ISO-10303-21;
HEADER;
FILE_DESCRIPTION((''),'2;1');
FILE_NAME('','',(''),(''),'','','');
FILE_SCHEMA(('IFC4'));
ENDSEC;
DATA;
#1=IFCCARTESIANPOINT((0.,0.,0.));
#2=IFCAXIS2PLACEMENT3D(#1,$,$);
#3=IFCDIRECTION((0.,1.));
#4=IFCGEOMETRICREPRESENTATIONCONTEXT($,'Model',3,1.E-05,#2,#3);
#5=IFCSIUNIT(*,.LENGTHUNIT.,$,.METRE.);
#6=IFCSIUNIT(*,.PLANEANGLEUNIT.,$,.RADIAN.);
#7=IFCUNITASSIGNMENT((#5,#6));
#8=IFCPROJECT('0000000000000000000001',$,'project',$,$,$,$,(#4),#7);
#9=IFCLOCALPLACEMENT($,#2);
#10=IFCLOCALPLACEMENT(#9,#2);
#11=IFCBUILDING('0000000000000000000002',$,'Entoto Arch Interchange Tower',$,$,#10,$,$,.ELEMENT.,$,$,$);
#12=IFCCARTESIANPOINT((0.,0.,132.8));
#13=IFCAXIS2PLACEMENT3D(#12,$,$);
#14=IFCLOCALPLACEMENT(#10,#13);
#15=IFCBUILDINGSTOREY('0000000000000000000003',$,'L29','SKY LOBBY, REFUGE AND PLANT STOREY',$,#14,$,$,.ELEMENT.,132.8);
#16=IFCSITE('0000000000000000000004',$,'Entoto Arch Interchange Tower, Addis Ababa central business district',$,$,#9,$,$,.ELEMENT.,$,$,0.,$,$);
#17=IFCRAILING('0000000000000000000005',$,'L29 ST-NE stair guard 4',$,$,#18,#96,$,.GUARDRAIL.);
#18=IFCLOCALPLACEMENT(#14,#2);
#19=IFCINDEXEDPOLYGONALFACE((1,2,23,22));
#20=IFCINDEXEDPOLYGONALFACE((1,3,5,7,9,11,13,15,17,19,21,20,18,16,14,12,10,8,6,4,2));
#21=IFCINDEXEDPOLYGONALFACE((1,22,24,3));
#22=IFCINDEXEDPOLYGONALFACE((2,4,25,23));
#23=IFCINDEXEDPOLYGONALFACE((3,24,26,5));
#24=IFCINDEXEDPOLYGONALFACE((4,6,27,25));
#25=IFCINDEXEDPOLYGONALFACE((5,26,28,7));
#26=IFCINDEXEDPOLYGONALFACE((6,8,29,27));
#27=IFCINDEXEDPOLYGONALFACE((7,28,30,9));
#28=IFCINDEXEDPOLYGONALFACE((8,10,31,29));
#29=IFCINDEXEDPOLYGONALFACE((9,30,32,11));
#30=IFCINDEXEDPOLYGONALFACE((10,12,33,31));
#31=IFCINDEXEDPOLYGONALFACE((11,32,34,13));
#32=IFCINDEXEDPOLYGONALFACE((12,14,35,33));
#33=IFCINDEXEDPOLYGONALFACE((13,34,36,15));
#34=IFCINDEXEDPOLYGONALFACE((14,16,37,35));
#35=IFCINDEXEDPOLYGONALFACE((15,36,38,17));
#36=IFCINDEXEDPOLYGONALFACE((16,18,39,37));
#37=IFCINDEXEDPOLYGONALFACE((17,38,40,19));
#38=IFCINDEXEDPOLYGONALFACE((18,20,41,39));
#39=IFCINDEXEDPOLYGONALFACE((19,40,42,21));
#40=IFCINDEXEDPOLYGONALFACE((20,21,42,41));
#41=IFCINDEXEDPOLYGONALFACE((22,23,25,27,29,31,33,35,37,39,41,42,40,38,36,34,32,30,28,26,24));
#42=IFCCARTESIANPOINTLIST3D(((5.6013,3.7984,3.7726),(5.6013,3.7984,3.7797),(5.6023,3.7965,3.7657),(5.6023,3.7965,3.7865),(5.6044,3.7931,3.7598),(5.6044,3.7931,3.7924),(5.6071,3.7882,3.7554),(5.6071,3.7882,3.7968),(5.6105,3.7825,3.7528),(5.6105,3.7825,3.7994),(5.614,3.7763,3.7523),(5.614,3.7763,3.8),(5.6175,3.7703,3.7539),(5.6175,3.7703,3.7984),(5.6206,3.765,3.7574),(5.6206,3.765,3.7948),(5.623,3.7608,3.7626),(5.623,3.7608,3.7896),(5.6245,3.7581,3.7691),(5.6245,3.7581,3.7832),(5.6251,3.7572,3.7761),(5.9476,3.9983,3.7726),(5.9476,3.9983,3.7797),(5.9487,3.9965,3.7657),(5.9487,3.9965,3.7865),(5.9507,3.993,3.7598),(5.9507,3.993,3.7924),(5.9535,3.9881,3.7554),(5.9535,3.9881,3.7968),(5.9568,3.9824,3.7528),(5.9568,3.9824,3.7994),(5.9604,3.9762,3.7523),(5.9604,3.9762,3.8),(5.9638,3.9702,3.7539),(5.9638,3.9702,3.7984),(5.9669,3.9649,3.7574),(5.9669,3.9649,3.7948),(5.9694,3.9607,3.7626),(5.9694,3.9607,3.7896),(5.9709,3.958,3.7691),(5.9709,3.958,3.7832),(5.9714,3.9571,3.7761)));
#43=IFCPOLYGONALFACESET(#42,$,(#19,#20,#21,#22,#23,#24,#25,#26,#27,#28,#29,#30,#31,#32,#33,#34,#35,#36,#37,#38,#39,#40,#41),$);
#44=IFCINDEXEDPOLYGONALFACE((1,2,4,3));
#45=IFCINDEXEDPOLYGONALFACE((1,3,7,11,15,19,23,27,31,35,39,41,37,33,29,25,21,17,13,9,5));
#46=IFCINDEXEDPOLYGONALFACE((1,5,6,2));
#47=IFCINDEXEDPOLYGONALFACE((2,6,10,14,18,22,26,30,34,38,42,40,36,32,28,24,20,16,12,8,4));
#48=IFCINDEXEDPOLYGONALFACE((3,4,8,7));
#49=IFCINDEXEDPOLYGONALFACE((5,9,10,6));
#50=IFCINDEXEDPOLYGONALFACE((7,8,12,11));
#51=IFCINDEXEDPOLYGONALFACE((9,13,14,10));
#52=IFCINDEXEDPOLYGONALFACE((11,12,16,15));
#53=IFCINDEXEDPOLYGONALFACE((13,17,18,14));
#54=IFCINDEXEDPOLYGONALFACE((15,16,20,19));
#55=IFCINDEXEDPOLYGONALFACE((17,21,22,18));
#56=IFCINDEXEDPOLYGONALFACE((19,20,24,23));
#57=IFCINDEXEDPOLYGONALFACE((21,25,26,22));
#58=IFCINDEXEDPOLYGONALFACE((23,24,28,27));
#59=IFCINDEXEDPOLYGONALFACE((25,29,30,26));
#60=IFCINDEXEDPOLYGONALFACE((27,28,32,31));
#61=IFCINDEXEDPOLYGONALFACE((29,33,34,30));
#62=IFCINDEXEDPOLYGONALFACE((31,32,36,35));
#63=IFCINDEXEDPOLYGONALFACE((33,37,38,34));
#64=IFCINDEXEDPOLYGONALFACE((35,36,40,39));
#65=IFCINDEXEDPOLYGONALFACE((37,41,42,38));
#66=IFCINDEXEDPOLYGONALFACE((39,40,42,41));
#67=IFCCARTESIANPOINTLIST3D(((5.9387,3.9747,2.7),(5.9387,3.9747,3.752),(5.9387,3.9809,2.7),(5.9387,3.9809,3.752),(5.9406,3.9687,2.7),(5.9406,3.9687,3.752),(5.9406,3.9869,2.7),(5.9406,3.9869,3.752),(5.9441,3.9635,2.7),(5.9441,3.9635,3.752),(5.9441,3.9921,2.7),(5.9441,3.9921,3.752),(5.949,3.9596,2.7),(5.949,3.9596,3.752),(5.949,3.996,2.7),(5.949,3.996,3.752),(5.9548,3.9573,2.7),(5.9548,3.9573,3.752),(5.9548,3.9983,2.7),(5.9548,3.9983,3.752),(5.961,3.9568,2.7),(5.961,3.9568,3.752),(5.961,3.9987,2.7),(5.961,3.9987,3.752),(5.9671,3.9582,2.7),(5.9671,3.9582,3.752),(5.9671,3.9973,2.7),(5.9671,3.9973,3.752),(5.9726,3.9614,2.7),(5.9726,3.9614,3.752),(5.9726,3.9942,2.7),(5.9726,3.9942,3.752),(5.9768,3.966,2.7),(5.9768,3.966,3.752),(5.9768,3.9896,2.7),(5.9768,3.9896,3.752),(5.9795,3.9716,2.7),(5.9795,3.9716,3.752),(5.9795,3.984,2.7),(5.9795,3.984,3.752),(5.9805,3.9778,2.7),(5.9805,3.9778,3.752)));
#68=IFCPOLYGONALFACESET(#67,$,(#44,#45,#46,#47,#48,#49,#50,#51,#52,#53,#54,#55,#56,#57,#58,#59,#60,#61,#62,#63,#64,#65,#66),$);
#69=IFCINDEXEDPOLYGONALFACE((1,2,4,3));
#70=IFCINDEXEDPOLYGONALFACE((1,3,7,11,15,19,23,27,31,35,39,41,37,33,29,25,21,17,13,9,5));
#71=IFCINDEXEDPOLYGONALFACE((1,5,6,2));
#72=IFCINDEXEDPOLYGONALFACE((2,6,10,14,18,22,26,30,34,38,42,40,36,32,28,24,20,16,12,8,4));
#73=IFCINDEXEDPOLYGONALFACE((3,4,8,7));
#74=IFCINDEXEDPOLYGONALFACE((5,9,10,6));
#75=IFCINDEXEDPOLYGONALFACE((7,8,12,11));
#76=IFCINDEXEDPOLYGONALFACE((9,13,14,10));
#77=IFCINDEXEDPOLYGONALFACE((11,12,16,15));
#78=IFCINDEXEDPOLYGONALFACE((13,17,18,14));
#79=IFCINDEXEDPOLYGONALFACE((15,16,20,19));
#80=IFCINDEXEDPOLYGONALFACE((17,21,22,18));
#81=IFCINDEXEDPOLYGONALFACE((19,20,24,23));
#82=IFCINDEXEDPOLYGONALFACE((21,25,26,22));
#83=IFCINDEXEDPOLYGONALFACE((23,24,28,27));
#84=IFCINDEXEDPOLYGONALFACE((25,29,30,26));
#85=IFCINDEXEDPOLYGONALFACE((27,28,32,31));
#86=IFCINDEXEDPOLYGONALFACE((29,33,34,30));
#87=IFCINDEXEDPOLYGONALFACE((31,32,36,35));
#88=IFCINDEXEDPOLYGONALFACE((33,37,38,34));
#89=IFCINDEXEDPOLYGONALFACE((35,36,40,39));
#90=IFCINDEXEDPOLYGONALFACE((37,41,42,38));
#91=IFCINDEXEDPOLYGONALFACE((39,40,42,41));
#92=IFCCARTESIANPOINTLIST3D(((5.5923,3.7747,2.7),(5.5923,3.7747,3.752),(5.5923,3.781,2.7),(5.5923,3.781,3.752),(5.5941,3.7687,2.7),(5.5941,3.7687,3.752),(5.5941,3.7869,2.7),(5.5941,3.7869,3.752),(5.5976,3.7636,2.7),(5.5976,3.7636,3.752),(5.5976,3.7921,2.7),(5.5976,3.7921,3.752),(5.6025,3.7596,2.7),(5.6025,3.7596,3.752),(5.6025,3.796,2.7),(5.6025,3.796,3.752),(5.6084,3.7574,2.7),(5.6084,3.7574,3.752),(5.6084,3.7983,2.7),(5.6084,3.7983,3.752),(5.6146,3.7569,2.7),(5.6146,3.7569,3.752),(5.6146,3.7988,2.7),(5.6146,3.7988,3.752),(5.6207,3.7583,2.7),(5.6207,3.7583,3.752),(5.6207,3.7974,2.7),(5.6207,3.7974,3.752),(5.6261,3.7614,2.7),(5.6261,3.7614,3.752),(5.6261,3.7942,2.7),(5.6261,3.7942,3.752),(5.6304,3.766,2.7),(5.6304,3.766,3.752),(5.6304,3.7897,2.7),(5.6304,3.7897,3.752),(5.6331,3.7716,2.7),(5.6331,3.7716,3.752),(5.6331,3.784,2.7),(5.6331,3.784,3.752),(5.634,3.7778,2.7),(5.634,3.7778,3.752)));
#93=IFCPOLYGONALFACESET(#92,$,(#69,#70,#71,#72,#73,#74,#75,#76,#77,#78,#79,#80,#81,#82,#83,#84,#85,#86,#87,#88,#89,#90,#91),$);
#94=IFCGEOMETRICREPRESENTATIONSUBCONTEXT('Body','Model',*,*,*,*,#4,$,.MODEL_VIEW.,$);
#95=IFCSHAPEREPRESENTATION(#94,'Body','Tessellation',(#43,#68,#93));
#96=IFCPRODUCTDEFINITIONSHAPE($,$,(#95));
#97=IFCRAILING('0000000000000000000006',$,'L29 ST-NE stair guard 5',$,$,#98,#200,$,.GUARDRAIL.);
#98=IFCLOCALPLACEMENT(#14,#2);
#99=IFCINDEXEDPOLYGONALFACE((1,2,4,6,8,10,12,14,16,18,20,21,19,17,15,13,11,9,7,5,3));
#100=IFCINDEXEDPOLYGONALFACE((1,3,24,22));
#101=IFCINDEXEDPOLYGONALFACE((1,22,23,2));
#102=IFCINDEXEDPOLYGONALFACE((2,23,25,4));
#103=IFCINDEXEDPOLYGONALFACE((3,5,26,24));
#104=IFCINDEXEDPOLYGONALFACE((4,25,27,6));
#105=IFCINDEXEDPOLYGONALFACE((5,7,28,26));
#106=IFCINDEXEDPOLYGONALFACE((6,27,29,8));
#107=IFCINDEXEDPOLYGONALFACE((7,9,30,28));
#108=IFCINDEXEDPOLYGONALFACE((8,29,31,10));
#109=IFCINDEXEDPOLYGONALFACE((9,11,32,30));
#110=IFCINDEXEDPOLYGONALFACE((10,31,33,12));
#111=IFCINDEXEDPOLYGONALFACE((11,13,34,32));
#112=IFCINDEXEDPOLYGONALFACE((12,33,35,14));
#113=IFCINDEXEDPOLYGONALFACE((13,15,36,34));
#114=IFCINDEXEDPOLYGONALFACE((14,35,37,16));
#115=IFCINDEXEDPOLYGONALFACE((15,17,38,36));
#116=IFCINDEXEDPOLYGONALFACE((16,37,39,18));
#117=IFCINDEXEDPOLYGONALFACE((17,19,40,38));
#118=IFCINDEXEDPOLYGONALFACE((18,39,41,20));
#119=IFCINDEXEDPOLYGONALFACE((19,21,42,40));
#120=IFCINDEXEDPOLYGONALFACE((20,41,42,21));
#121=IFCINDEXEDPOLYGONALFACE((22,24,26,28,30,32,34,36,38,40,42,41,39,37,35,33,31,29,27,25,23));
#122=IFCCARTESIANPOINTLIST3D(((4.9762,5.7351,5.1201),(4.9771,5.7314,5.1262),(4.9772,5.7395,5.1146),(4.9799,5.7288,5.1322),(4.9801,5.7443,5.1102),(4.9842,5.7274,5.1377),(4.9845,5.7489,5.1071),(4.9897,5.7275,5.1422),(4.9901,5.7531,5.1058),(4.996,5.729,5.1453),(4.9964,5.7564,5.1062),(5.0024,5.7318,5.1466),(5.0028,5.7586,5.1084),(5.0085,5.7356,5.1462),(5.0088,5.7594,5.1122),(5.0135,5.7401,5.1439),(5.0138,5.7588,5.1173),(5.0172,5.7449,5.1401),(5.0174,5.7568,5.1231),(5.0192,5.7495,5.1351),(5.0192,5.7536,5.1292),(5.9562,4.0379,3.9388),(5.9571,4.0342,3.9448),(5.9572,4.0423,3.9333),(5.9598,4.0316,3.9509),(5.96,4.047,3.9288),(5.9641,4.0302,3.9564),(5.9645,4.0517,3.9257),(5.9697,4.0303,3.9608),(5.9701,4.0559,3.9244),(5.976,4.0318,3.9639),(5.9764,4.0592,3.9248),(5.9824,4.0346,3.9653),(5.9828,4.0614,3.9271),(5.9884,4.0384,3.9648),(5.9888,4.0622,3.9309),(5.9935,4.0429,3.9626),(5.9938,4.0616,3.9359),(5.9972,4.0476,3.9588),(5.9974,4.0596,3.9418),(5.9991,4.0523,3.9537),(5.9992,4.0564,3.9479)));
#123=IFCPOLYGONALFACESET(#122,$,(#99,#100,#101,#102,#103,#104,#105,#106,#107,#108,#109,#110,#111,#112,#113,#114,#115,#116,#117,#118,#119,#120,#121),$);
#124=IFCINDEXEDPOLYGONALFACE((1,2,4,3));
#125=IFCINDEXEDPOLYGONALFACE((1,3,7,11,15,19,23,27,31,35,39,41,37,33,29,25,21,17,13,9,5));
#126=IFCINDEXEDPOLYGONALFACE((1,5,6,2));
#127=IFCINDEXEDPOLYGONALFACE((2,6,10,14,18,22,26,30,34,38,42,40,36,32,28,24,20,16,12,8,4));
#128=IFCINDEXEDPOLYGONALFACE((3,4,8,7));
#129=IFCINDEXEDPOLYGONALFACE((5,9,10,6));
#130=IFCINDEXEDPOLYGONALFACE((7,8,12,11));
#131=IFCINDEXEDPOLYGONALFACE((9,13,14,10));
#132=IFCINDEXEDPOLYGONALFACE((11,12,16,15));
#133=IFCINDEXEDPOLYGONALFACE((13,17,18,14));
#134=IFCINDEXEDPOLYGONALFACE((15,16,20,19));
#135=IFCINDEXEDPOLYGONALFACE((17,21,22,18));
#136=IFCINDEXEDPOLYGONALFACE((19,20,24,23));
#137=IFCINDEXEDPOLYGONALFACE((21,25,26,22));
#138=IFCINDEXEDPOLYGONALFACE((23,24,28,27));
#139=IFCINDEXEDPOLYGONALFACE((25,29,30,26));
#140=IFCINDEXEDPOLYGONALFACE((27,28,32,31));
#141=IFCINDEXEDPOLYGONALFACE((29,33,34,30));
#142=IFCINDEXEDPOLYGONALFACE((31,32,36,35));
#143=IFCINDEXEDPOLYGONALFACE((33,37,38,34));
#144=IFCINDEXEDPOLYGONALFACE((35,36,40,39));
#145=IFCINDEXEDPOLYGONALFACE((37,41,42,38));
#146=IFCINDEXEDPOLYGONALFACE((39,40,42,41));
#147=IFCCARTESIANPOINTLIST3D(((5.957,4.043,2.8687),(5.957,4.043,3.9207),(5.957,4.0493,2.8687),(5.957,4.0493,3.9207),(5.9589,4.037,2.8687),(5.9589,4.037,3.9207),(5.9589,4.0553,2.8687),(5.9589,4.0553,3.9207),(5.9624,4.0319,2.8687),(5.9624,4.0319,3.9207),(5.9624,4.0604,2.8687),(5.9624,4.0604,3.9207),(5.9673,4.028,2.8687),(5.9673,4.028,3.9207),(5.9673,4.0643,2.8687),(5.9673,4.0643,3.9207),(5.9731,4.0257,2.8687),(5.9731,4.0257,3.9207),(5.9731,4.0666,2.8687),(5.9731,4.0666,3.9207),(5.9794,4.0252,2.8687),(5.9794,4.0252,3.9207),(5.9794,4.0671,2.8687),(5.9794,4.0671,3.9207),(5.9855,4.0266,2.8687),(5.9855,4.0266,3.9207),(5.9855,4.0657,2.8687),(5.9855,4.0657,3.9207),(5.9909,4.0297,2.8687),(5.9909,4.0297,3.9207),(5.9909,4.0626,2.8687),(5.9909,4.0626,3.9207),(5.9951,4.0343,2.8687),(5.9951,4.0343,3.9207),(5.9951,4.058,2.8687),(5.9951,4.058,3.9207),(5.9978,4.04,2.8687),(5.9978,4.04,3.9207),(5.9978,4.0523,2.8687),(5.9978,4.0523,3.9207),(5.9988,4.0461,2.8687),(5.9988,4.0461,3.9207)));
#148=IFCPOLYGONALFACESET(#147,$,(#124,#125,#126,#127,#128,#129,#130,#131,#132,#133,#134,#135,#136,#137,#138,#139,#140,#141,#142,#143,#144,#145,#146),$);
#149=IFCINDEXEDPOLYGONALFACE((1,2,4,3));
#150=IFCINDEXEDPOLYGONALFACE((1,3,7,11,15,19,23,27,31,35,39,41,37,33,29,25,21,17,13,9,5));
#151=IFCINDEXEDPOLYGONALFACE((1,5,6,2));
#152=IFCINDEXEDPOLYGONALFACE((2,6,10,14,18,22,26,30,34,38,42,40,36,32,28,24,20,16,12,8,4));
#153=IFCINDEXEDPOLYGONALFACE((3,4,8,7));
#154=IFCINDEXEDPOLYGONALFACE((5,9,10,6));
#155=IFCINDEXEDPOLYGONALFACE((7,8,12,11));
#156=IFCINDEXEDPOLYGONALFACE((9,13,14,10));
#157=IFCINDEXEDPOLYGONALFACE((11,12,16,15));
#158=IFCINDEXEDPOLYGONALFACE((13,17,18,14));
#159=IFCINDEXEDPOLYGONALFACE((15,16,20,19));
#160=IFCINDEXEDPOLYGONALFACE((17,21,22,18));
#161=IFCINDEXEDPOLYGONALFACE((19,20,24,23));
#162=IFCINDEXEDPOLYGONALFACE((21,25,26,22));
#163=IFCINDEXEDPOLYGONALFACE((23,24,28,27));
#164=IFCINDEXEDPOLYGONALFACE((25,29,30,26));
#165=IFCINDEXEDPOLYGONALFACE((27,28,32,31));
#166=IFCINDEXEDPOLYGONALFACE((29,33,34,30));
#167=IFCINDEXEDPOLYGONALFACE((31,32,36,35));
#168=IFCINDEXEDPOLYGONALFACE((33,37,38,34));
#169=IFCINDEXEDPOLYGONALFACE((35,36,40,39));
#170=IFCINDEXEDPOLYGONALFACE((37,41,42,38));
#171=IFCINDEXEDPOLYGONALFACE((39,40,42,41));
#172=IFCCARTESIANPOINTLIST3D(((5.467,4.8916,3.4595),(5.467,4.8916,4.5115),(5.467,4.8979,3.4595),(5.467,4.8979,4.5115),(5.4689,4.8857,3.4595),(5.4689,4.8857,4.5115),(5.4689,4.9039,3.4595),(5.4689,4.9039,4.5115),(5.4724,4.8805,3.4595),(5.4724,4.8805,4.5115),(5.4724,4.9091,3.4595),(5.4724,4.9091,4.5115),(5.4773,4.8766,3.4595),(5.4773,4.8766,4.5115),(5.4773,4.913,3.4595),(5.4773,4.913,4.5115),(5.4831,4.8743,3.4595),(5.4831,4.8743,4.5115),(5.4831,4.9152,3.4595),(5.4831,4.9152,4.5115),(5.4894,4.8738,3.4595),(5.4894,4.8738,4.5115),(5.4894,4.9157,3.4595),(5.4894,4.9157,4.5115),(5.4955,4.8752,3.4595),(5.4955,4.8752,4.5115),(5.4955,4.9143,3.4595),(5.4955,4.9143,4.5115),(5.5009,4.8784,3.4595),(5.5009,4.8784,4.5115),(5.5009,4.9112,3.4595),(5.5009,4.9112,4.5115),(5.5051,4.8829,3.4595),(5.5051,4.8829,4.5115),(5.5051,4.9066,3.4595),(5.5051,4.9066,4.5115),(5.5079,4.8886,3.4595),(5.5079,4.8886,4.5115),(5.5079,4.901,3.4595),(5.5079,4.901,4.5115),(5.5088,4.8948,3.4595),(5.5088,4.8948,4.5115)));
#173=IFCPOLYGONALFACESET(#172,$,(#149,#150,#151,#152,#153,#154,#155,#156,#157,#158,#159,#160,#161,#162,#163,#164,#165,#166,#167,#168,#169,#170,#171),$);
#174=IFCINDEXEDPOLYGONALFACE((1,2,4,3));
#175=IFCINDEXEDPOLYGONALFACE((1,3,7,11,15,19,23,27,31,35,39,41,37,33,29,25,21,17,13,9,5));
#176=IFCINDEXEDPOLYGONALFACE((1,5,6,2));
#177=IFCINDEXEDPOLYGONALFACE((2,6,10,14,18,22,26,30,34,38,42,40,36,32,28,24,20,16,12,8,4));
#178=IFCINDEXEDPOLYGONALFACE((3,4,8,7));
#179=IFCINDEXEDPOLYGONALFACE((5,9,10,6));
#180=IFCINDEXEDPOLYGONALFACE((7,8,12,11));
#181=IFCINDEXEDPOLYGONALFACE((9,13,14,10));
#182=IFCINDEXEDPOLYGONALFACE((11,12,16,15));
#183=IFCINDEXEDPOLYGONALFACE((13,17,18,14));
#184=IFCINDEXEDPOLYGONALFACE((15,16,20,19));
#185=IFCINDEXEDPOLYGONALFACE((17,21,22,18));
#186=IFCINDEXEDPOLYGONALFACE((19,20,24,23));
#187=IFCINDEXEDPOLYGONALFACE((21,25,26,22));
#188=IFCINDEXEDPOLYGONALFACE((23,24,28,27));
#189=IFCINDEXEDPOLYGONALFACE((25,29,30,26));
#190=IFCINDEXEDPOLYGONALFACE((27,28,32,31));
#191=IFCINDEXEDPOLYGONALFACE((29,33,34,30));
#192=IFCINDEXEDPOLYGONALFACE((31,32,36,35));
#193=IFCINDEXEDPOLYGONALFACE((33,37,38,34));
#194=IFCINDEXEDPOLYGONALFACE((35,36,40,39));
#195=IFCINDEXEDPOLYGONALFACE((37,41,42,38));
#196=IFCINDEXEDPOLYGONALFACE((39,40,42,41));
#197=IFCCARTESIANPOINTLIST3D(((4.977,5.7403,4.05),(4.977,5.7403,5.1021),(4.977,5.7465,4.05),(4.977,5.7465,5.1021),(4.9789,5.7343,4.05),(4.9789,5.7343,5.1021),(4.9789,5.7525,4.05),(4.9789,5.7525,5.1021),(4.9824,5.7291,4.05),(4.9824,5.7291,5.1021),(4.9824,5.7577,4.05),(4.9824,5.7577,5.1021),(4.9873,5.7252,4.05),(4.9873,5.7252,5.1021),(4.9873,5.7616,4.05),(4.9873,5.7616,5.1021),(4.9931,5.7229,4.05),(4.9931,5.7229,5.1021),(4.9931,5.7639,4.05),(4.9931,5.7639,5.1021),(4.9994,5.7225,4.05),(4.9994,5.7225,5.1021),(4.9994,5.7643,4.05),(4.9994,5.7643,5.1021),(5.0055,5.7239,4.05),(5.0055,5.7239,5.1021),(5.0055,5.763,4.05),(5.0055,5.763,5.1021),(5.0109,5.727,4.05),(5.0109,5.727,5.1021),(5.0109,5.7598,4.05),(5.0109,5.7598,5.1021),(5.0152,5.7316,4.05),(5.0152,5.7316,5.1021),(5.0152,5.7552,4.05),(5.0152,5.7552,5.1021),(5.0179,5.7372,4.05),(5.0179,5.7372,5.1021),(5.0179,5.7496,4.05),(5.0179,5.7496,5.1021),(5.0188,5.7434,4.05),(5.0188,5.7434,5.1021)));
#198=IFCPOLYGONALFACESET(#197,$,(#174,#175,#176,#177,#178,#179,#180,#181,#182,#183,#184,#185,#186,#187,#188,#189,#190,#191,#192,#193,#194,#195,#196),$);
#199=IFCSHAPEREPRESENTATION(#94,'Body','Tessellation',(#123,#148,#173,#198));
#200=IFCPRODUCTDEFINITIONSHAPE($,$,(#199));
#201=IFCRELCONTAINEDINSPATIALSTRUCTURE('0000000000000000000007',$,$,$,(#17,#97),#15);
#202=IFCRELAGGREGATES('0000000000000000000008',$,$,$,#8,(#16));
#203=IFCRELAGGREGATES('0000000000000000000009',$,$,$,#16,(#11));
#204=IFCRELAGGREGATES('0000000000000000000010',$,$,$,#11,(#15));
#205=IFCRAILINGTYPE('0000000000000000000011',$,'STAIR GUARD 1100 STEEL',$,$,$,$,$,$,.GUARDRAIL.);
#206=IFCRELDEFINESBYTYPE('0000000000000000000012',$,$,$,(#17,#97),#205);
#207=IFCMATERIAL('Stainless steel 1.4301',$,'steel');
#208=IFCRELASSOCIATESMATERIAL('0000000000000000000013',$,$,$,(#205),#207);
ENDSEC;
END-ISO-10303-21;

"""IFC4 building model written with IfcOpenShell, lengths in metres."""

from ifc_helpers import new_model, si_unit, direction, frame, origin, origin_2d, place, context, subcontext, project, spatial, circle, extrude, material, type_object, element, save


model = new_model("IFC4")

# Units and contexts
model_context = context("Model", 3, precision=1e-05, world=origin(), true_north=direction((0.0, 1.0)))
body_context = subcontext(model_context, "Body", "Model", "MODEL_VIEW")
ifc_project = project(units=[si_unit("LENGTHUNIT", "METRE"), si_unit("PLANEANGLEUNIT", "RADIAN")], contexts=[model_context])

# Site, building, storey
site_placement = place(None, origin())
site = spatial("IfcSite", under=ifc_project, at=site_placement, Name="Entoto Arch Interchange Tower, Addis Ababa central business district", CompositionType="ELEMENT", RefElevation=0.0)
building_placement = place(site_placement, origin())
building = spatial("IfcBuilding", under=site, at=building_placement, Name="Entoto Arch Interchange Tower", CompositionType="ELEMENT")
storey_placement = place(building_placement, frame((0.0, 0.0, 132.8)))
storey = spatial("IfcBuildingStorey", under=building, at=storey_placement, Name="L29", Description="SKY LOBBY, REFUGE AND PLANT STOREY", CompositionType="ELEMENT", Elevation=132.8)

# Railings
ifc_material_1 = material(Name="Stainless steel 1.4301", Category="steel")
railing_type_1 = type_object("IfcRailingType", Name="STAIR GUARD 1100 STEEL", PredefinedType="GUARDRAIL", material=ifc_material_1)
railing_1_placement = place(storey_placement, frame((5.9595, 3.9778, 2.7)))
element("IfcRailing", 1, at=railing_1_placement, inside=storey, type_object=railing_type_1, Name="L29 ST-NE stair guard 4", PredefinedType="GUARDRAIL", context=body_context, shape_type="SweptSolid", body=[
    extrude(circle(Radius=0.0239, at=origin_2d()), frame((0.0, 0.0, 1.0762), z_axis=(-0.866094, -0.499881, 0.0), x_axis=(0.499881, -0.866094, 0.0)), (0.0, 0.0, 1.0), 0.3999),
    extrude(circle(Radius=0.021, at=origin_2d()), origin(), (0.0, 0.0, 1.0), 1.052),
    extrude(circle(Radius=0.021, at=origin_2d()), frame((-0.3464, -0.2, 0.0)), (0.0, 0.0, 1.0), 1.052),
])
railing_2_placement = place(storey_placement, frame((5.9778, 4.0461, 2.8687)))
element("IfcRailing", 2, at=railing_2_placement, inside=storey, type_object=railing_type_1, Name="L29 ST-NE stair guard 5", PredefinedType="GUARDRAIL", context=body_context, shape_type="SweptSolid", body=[
    extrude(circle(Radius=0.0239, at=origin_2d()), frame((0.0, 0.0, 1.0762), z_axis=(-0.428238, 0.741683, 0.516255), x_axis=(-0.866011, -0.500024, 0.0)), (0.0, 0.0, 1.0), 2.2883),
    extrude(circle(Radius=0.021, at=origin_2d()), origin(), (0.0, 0.0, 1.0), 1.052),
    extrude(circle(Radius=0.021, at=origin_2d()), frame((-0.49, 0.8486, 0.5908)), (0.0, 0.0, 1.0), 1.052),
    extrude(circle(Radius=0.021, at=origin_2d()), frame((-0.98, 1.6973, 1.1814)), (0.0, 0.0, 1.0), 1.052),
])

save(model, "model.ifc")
